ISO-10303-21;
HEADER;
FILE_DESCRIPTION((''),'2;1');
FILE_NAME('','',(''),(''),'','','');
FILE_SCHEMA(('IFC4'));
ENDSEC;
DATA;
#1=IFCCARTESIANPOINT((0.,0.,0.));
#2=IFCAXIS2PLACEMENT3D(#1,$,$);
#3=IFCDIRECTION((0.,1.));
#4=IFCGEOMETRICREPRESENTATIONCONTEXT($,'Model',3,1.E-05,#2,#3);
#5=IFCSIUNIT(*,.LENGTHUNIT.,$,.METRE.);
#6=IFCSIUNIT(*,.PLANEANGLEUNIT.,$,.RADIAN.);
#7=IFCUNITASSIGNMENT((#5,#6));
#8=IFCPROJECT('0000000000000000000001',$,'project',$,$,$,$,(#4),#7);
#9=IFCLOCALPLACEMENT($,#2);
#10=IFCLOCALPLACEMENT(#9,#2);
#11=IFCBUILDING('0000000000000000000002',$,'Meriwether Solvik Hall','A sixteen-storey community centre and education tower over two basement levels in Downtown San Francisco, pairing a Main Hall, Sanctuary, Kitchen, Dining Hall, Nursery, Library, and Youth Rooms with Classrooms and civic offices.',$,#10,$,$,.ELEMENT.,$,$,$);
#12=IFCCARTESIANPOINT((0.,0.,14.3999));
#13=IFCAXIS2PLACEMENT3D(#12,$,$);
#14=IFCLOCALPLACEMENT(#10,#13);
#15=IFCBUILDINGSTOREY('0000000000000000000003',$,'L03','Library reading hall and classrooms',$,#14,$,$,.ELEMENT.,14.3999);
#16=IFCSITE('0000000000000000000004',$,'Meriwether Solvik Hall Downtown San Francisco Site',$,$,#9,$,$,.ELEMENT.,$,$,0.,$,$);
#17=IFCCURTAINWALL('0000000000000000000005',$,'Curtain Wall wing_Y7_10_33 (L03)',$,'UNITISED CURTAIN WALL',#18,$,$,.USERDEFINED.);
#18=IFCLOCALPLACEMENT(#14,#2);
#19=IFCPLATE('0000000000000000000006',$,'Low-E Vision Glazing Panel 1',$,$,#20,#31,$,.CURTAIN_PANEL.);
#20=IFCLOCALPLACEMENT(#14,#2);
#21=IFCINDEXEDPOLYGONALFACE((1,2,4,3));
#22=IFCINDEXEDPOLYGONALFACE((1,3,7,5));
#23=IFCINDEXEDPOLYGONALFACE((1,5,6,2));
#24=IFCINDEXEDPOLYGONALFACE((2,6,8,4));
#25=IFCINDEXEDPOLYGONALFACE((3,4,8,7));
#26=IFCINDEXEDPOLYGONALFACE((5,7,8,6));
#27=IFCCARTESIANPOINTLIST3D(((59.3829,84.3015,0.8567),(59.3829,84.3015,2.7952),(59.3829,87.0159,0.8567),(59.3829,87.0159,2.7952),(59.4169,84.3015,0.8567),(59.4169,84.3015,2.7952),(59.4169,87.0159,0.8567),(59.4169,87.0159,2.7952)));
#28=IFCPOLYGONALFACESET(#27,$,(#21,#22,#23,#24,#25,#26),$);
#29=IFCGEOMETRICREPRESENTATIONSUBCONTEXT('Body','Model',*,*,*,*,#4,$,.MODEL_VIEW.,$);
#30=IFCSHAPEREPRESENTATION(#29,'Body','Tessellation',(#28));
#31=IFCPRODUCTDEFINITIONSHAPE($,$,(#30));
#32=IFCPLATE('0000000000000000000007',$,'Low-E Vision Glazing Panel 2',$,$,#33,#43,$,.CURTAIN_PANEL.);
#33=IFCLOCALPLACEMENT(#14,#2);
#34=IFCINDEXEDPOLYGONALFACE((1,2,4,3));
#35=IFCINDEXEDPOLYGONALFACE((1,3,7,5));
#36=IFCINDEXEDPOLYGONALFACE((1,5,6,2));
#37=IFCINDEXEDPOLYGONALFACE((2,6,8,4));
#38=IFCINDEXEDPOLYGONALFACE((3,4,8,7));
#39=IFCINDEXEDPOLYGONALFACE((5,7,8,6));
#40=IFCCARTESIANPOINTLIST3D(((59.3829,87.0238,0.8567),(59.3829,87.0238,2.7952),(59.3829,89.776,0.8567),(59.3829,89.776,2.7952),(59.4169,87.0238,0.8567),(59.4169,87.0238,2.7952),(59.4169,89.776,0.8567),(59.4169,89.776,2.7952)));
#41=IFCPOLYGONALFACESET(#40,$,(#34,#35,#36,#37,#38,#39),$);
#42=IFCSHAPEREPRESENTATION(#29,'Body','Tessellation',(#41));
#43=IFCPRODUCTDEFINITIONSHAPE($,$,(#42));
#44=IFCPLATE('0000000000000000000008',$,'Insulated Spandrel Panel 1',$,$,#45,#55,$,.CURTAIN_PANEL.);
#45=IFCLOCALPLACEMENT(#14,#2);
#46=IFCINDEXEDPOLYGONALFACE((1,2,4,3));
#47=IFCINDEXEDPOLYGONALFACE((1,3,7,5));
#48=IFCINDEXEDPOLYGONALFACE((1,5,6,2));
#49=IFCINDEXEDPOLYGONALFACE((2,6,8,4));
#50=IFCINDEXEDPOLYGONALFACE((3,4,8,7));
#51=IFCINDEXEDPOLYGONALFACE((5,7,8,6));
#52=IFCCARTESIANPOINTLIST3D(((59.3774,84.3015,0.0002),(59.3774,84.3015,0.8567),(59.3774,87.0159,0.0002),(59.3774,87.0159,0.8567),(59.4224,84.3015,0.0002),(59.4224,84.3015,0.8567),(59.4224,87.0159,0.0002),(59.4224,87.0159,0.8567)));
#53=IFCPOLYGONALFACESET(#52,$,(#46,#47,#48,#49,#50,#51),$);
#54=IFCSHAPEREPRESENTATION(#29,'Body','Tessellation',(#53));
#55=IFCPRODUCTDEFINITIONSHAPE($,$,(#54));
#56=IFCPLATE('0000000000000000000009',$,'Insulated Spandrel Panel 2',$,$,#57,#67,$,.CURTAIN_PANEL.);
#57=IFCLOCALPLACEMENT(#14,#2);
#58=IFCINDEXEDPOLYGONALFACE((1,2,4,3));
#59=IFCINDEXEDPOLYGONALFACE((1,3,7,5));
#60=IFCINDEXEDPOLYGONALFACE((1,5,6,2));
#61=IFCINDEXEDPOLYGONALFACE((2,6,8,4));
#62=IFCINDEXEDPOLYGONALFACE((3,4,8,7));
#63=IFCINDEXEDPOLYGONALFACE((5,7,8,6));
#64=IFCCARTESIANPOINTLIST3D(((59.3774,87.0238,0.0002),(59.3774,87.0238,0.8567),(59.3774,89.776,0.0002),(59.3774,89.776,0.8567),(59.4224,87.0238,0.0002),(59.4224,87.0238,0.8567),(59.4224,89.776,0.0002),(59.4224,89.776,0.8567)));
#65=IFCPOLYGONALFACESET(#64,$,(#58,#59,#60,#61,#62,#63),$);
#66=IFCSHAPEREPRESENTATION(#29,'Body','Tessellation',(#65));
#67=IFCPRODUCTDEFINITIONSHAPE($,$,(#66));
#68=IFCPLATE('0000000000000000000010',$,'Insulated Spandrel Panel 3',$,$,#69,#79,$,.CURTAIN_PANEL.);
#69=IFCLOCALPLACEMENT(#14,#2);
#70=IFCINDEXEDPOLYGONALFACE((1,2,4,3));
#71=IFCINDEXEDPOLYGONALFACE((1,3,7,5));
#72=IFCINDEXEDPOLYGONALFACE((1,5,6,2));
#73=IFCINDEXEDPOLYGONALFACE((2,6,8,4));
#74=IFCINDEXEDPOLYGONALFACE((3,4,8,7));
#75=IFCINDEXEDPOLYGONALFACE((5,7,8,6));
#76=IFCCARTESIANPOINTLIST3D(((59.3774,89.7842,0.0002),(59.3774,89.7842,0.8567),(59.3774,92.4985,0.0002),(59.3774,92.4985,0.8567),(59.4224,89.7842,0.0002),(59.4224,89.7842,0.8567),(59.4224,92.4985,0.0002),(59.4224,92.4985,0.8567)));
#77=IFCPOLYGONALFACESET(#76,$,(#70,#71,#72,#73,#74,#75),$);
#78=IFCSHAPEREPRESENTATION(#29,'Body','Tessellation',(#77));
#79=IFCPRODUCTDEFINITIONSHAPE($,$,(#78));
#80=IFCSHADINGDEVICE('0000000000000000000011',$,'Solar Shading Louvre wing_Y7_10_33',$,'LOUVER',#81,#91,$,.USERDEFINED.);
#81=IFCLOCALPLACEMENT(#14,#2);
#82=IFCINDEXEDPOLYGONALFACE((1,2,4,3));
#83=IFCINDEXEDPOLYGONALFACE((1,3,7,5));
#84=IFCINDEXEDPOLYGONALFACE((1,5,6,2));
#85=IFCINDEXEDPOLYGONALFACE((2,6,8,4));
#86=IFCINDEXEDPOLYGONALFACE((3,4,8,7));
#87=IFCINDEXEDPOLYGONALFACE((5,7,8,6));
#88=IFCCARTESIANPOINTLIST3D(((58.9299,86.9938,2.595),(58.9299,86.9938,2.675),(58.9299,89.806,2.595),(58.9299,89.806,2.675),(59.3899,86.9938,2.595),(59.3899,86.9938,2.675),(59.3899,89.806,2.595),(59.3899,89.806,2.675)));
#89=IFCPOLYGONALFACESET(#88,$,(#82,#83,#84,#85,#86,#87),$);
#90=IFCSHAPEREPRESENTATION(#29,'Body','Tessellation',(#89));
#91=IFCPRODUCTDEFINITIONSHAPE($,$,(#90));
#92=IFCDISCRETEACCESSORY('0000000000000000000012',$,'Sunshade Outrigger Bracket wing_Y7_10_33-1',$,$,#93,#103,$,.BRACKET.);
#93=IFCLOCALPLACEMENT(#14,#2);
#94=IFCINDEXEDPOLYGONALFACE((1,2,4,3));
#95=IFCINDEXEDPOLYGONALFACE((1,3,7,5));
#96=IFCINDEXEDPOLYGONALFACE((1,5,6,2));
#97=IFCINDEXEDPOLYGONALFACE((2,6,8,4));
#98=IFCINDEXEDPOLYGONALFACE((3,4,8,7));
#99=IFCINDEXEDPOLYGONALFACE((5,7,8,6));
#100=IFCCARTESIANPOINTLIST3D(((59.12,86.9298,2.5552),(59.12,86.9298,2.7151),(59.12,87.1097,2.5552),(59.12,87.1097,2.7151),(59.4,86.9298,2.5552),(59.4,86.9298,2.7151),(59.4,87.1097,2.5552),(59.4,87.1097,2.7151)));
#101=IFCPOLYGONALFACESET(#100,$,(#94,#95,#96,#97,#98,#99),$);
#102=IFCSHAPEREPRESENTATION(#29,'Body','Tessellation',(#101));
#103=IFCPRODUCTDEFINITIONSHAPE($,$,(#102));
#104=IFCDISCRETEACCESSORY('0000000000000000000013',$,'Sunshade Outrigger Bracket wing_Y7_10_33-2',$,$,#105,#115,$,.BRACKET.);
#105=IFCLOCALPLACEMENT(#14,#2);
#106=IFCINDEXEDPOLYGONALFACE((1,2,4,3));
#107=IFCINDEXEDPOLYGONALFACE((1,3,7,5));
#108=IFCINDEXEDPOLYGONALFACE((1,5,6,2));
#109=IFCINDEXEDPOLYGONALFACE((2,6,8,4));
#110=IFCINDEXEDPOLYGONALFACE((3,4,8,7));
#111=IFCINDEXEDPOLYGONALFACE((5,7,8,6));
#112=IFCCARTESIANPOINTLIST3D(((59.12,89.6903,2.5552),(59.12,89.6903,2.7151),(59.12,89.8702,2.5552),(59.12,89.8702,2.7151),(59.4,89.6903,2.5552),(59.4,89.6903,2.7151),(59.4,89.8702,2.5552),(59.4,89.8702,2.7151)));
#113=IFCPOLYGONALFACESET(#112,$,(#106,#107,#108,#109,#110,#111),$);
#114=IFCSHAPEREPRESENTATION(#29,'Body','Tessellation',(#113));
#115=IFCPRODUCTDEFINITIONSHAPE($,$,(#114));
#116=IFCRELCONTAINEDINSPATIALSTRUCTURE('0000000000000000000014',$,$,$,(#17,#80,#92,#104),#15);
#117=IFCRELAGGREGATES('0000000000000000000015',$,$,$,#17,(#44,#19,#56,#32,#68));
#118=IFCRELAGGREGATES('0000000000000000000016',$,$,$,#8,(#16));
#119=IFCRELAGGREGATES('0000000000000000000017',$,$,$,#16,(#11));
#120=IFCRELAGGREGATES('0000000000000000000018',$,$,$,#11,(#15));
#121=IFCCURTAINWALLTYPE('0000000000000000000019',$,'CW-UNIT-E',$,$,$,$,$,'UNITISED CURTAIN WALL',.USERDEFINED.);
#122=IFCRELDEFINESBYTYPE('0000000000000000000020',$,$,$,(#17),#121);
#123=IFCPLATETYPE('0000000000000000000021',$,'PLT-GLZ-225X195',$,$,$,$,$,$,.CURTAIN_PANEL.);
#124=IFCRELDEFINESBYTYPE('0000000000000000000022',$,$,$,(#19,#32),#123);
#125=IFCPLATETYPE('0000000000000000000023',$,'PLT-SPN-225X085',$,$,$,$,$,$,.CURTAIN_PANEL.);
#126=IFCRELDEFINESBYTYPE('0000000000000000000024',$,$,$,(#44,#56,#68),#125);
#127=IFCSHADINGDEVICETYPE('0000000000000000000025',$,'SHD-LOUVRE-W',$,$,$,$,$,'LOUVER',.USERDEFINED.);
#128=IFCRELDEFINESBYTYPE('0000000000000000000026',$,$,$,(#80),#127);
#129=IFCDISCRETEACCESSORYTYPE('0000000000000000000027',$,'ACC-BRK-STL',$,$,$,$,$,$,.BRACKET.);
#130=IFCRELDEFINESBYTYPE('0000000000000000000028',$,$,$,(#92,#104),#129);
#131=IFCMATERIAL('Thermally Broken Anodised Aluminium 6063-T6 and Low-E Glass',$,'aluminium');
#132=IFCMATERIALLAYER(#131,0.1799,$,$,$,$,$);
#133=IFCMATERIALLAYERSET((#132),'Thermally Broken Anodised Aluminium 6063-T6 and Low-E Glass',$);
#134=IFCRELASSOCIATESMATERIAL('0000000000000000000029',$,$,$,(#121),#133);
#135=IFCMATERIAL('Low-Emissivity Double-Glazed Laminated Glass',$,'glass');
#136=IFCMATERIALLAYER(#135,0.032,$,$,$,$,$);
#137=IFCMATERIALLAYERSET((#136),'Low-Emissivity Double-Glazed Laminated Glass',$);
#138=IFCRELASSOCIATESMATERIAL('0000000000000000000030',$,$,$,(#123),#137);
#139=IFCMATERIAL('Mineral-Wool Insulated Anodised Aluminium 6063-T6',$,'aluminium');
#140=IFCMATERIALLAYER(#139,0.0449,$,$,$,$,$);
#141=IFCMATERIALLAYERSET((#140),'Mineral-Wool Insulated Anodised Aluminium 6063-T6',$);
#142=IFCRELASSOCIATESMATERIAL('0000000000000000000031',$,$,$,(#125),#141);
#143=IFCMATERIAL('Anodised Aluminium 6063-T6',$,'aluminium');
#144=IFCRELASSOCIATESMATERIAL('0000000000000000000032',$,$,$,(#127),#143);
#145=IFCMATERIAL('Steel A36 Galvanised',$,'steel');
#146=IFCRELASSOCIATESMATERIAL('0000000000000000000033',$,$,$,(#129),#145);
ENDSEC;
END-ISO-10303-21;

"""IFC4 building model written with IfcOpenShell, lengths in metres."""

from ifc_helpers import new_model, si_unit, direction, frame, origin, origin_2d, place, context, subcontext, project, spatial, rectangle, extrude, material, layer, layer_set, type_object, element, aggregate, save


model = new_model("IFC4")

# Units and contexts
model_context = context("Model", 3, precision=1e-05, world=origin(), true_north=direction((0.0, 1.0)))
body_context = subcontext(model_context, "Body", "Model", "MODEL_VIEW")
ifc_project = project(units=[si_unit("LENGTHUNIT", "METRE"), si_unit("PLANEANGLEUNIT", "RADIAN")], contexts=[model_context])

# Site, building, storey
site_placement = place(None, origin())
site = spatial("IfcSite", under=ifc_project, at=site_placement, Name="Meriwether Solvik Hall Downtown San Francisco Site", CompositionType="ELEMENT", RefElevation=0.0)
building_placement = place(site_placement, origin())
building = spatial("IfcBuilding", under=site, at=building_placement, Name="Meriwether Solvik Hall", Description="A sixteen-storey community centre and education tower over two basement levels in Downtown San Francisco, pairing a Main Hall, Sanctuary, Kitchen, Dining Hall, Nursery, Library, and Youth Rooms with Classrooms and civic offices.", CompositionType="ELEMENT")
storey_placement = place(building_placement, frame((0.0, 0.0, 14.3999)))
storey = spatial("IfcBuildingStorey", under=building, at=storey_placement, Name="L03", Description="Library reading hall and classrooms", CompositionType="ELEMENT", Elevation=14.3999)

# Curtain wall, plates
ifc_material_1 = material(Name="Thermally Broken Anodised Aluminium 6063-T6 and Low-E Glass", Category="aluminium")
ifc_layer_1 = layer(ifc_material_1, 0.1799)
ifc_layer_set_1 = layer_set([ifc_layer_1], Name="Thermally Broken Anodised Aluminium 6063-T6 and Low-E Glass")
curtain_wall_type = type_object("IfcCurtainWallType", Name="CW-UNIT-E", ElementType="UNITISED CURTAIN WALL", PredefinedType="USERDEFINED", material=ifc_layer_set_1)
curtain_wall_placement = place(storey_placement, origin())
curtain_wall = element("IfcCurtainWall", 1, at=curtain_wall_placement, inside=storey, type_object=curtain_wall_type, Name="Curtain Wall wing_Y7_10_33 (L03)", ObjectType="UNITISED CURTAIN WALL", PredefinedType="USERDEFINED")
ifc_material_2 = material(Name="Low-Emissivity Double-Glazed Laminated Glass", Category="glass")
ifc_layer_2 = layer(ifc_material_2, 0.032)
ifc_layer_set_2 = layer_set([ifc_layer_2], Name="Low-Emissivity Double-Glazed Laminated Glass")
plate_type_1 = type_object("IfcPlateType", Name="PLT-GLZ-225X195", PredefinedType="CURTAIN_PANEL", material=ifc_layer_set_2)
plate_1_placement = place(storey_placement, frame((59.3999, 85.6587, 0.8567), z_axis=(0.0, 0.0, 1.0), x_axis=(0.0, 1.0, 0.0)))
plate_1 = element("IfcPlate", 2, at=plate_1_placement, type_object=plate_type_1, Name="Low-E Vision Glazing Panel 1", PredefinedType="CURTAIN_PANEL", context=body_context, shape_type="SweptSolid", body=[
    extrude(rectangle(XDim=2.7144, YDim=0.0339, at=origin_2d()), origin(), (0.0, 0.0, 1.0), 1.9385),
])
plate_2_placement = place(storey_placement, frame((59.3999, 88.3999, 0.8567), z_axis=(0.0, 0.0, 1.0), x_axis=(0.0, 1.0, 0.0)))
plate_2 = element("IfcPlate", 3, at=plate_2_placement, type_object=plate_type_1, Name="Low-E Vision Glazing Panel 2", PredefinedType="CURTAIN_PANEL", context=body_context, shape_type="SweptSolid", body=[
    extrude(rectangle(XDim=2.7522, YDim=0.0339, at=origin_2d()), origin(), (0.0, 0.0, 1.0), 1.9385),
])
ifc_material_3 = material(Name="Mineral-Wool Insulated Anodised Aluminium 6063-T6", Category="aluminium")
ifc_layer_3 = layer(ifc_material_3, 0.0449)
ifc_layer_set_3 = layer_set([ifc_layer_3], Name="Mineral-Wool Insulated Anodised Aluminium 6063-T6")
plate_type_2 = type_object("IfcPlateType", Name="PLT-SPN-225X085", PredefinedType="CURTAIN_PANEL", material=ifc_layer_set_3)
plate_3_placement = place(storey_placement, frame((59.3999, 85.6587, 0.0002), z_axis=(0.0, 0.0, 1.0), x_axis=(0.0, 1.0, 0.0)))
plate_3 = element("IfcPlate", 4, at=plate_3_placement, type_object=plate_type_2, Name="Insulated Spandrel Panel 1", PredefinedType="CURTAIN_PANEL", context=body_context, shape_type="SweptSolid", body=[
    extrude(rectangle(XDim=2.7144, YDim=0.0449, at=origin_2d()), origin(), (0.0, 0.0, 1.0), 0.8564),
])
plate_4_placement = place(storey_placement, frame((59.3999, 88.3999, 0.0002), z_axis=(0.0, 0.0, 1.0), x_axis=(0.0, 1.0, 0.0)))
plate_4 = element("IfcPlate", 5, at=plate_4_placement, type_object=plate_type_2, Name="Insulated Spandrel Panel 2", PredefinedType="CURTAIN_PANEL", context=body_context, shape_type="SweptSolid", body=[
    extrude(rectangle(XDim=2.7522, YDim=0.0449, at=origin_2d()), origin(), (0.0, 0.0, 1.0), 0.8564),
])
plate_5_placement = place(storey_placement, frame((59.3999, 91.1414, 0.0002), z_axis=(0.0, 0.0, 1.0), x_axis=(0.0, 1.0, 0.0)))
plate_5 = element("IfcPlate", 6, at=plate_5_placement, type_object=plate_type_2, Name="Insulated Spandrel Panel 3", PredefinedType="CURTAIN_PANEL", context=body_context, shape_type="SweptSolid", body=[
    extrude(rectangle(XDim=2.7144, YDim=0.0449, at=origin_2d()), origin(), (0.0, 0.0, 1.0), 0.8564),
])
aggregate(curtain_wall, [plate_3, plate_1, plate_4, plate_2, plate_5])

# Shading device
ifc_material_4 = material(Name="Anodised Aluminium 6063-T6", Category="aluminium")
shading_device_type = type_object("IfcShadingDeviceType", Name="SHD-LOUVRE-W", ElementType="LOUVER", PredefinedType="USERDEFINED", material=ifc_material_4)
shading_device_placement = place(storey_placement, frame((59.1599, 88.3999, 2.595), z_axis=(0.0, 0.0, 1.0), x_axis=(0.0, 1.0, 0.0)))
element("IfcShadingDevice", 7, at=shading_device_placement, inside=storey, type_object=shading_device_type, Name="Solar Shading Louvre wing_Y7_10_33", ObjectType="LOUVER", PredefinedType="USERDEFINED", context=body_context, shape_type="SweptSolid", body=[
    extrude(rectangle(XDim=2.8123, YDim=0.46, at=origin_2d()), origin(), (0.0, 0.0, 1.0), 0.0801),
])

# Discrete accessories
ifc_material_5 = material(Name="Steel A36 Galvanised", Category="steel")
discrete_accessory_type = type_object("IfcDiscreteAccessoryType", Name="ACC-BRK-STL", PredefinedType="BRACKET", material=ifc_material_5)
for number, where, z_axis, x_axis, name in (
    (8, (59.26, 87.0198, 2.5552), (0.0, 0.0, 1.0), (0.0, 1.0, 0.0), "Sunshade Outrigger Bracket wing_Y7_10_33-1"),
    (9, (59.26, 89.7803, 2.5552), (0.0, 0.0, 1.0), (0.0, 1.0, 0.0), "Sunshade Outrigger Bracket wing_Y7_10_33-2"),
):
    element("IfcDiscreteAccessory", number, at=place(storey_placement, frame(where, z_axis=z_axis, x_axis=x_axis)), inside=storey, type_object=discrete_accessory_type, Name=name, PredefinedType="BRACKET", context=body_context, shape_type="SweptSolid", body=[
        extrude(rectangle(XDim=0.1799, YDim=0.28, at=origin_2d()), origin(), (0.0, 0.0, 1.0), 0.1599),
    ])

save(model, "model.ifc")
